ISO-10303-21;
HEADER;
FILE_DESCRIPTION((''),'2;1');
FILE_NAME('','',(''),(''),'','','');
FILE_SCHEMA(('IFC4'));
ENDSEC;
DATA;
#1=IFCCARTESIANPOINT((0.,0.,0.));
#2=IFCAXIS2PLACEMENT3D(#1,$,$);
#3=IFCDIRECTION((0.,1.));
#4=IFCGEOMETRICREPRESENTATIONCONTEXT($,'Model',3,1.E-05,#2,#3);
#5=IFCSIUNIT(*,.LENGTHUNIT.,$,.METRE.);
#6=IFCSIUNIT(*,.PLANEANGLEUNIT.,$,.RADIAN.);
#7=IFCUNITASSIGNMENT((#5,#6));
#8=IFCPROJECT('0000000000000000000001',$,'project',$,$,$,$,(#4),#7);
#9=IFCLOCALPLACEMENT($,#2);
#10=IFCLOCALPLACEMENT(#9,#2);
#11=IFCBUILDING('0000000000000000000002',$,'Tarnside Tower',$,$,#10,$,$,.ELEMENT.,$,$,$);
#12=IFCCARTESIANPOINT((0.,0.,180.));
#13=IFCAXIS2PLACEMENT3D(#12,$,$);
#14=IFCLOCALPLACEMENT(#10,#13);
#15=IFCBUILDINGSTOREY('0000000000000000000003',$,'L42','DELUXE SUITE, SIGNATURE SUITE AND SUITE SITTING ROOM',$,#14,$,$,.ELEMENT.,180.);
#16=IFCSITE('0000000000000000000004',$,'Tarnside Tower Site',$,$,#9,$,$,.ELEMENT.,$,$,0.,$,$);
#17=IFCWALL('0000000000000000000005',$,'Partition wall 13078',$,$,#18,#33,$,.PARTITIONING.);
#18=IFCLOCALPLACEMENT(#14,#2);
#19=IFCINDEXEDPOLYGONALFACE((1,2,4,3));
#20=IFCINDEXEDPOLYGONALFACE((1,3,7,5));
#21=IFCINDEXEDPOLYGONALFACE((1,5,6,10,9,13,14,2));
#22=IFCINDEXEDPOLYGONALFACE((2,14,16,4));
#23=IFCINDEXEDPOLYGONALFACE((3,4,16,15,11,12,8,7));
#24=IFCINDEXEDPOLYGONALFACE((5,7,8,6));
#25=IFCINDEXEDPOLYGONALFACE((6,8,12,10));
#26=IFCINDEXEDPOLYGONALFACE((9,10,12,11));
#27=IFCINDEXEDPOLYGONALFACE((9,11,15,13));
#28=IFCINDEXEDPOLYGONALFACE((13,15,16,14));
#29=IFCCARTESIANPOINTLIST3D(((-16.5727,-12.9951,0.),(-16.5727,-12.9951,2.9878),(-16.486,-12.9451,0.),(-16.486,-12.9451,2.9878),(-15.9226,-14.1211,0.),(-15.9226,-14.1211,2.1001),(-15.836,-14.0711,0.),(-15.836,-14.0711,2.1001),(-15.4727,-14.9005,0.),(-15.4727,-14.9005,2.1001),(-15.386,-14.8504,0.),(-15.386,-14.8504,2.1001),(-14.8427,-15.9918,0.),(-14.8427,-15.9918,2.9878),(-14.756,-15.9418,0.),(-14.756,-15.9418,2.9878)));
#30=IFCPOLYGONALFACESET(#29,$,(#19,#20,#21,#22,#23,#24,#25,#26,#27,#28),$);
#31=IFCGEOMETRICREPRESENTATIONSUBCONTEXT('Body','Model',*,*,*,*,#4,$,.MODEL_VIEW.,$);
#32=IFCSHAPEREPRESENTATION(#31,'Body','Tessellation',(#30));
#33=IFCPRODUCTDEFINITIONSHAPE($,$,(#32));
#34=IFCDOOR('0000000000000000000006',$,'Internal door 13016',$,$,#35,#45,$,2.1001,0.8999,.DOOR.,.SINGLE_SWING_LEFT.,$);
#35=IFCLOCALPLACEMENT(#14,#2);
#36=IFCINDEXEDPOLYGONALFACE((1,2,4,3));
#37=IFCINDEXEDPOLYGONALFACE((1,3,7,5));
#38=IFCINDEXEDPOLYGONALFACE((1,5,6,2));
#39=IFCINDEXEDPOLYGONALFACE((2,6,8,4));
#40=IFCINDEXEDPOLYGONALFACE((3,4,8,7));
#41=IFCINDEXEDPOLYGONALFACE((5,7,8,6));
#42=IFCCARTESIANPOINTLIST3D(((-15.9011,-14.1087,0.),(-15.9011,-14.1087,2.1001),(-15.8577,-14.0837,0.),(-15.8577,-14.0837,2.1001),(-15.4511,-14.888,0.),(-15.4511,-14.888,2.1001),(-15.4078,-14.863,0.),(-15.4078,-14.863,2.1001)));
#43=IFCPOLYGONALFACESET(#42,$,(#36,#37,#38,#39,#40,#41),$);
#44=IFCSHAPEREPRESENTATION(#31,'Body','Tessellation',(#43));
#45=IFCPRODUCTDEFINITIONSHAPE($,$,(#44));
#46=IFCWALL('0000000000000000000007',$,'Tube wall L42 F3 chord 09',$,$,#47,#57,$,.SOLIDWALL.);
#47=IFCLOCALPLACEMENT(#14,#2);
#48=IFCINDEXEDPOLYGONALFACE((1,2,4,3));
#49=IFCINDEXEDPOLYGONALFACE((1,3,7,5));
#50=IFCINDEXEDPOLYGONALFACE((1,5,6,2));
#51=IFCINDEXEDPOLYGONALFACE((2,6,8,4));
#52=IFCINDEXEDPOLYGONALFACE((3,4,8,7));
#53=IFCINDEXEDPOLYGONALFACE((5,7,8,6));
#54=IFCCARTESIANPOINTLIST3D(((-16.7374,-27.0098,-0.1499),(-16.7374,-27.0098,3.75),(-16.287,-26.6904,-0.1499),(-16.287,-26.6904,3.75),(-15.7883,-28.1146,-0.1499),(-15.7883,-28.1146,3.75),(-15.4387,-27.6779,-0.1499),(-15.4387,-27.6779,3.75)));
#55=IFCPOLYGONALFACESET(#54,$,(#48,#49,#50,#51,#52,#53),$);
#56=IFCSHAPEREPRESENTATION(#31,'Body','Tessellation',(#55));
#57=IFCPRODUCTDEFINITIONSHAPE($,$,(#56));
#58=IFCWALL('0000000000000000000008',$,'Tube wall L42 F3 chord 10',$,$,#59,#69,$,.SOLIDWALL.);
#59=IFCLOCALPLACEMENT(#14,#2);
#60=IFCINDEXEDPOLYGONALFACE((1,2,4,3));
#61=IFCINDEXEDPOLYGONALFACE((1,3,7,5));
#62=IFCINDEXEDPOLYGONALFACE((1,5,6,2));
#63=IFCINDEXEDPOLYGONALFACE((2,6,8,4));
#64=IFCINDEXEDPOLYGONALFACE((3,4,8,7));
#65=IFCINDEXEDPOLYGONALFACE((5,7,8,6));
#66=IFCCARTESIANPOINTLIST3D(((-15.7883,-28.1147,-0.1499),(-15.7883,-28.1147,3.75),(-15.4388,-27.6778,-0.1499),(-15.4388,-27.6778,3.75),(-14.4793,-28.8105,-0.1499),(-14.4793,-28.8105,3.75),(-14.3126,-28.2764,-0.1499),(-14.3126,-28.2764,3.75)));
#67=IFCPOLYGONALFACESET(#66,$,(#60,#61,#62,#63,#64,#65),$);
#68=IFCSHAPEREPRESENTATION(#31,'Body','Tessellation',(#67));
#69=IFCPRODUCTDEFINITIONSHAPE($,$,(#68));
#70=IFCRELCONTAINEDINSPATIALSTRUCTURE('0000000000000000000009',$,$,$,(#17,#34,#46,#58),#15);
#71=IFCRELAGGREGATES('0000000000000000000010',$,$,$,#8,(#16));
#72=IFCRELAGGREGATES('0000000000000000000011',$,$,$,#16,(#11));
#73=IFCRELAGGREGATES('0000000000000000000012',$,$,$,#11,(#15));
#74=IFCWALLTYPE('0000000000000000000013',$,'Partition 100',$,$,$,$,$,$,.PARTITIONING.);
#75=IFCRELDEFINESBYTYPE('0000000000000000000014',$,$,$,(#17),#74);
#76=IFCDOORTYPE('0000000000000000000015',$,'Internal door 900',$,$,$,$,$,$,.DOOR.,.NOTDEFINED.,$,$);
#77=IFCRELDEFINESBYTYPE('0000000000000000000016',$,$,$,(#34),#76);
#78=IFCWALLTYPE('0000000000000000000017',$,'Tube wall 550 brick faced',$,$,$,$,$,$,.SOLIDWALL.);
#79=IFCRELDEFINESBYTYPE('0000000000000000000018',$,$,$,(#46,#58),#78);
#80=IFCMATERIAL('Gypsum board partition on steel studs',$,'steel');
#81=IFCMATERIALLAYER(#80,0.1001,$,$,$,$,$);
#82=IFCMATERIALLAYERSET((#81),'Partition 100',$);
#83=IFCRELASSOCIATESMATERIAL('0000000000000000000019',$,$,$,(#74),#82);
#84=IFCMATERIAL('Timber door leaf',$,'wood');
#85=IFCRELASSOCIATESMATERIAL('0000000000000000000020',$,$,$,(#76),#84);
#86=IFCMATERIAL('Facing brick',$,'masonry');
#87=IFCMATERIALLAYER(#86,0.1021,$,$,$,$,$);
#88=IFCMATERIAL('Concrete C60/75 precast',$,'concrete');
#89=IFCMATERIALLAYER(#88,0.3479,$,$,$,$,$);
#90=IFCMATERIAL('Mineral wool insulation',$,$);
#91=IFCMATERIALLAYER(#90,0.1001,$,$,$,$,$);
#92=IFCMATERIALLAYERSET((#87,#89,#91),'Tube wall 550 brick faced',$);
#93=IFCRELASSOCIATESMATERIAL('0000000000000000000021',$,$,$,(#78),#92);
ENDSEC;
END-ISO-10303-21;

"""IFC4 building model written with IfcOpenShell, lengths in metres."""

from ifc_helpers import new_model, si_unit, direction, frame, frame_2d, origin, place, context, subcontext, project, spatial, polyline, rectangle, outline, extrude, material, layer, layer_set, type_object, element, fill, save


model = new_model("IFC4")

# Units and contexts
model_context = context("Model", 3, precision=1e-05, world=origin(), true_north=direction((0.0, 1.0)))
body_context = subcontext(model_context, "Body", "Model", "MODEL_VIEW")
ifc_project = project(units=[si_unit("LENGTHUNIT", "METRE"), si_unit("PLANEANGLEUNIT", "RADIAN")], contexts=[model_context])

# Site, building, storey
site_placement = place(None, origin())
site = spatial("IfcSite", under=ifc_project, at=site_placement, Name="Tarnside Tower Site", CompositionType="ELEMENT", RefElevation=0.0)
building_placement = place(site_placement, origin())
building = spatial("IfcBuilding", under=site, at=building_placement, Name="Tarnside Tower", CompositionType="ELEMENT")
storey_placement = place(building_placement, frame((0.0, 0.0, 180.0)))
storey = spatial("IfcBuildingStorey", under=building, at=storey_placement, Name="L42", Description="DELUXE SUITE, SIGNATURE SUITE AND SUITE SITTING ROOM", CompositionType="ELEMENT", Elevation=180.0)

# Shared definitions
ifc_material_1 = material(Name="Gypsum board partition on steel studs", Category="steel")
ifc_layer_1 = layer(ifc_material_1, 0.1001)
ifc_layer_set_1 = layer_set([ifc_layer_1], Name="Partition 100")
wall_type_1 = type_object("IfcWallType", Name="Partition 100", PredefinedType="PARTITIONING", material=ifc_layer_set_1)

# Wall, opening, door
wall_1_placement = place(storey_placement, frame((-16.5293, -12.9702, 0.0), z_axis=(0.0, 0.0, 1.0), x_axis=(0.499979, -0.866038, 0.0)))
wall_1 = element("IfcWall", 1, at=wall_1_placement, inside=storey, type_object=wall_type_1, Name="Partition wall 13078", PredefinedType="PARTITIONING", context=body_context, shape_type="SweptSolid", body=[
    extrude(rectangle(XDim=3.4602, YDim=0.1001, at=frame_2d((1.73, 0.0))), origin(), (0.0, 0.0, 1.0), 2.9878),
])
opening_placement = place(wall_1_placement, frame((1.3, 0.0, 0.0)))
opening = element("IfcOpeningElement", 2, at=opening_placement, cuts=wall_1, PredefinedType="OPENING", context=body_context, shape_type="SweptSolid", body=[
    extrude(rectangle(XDim=0.8999, YDim=2.1001, at=frame_2d((0.45, 1.05))), frame((0.0, 0.0601, 0.0), z_axis=(0.0, -1.0, 0.0), x_axis=(1.0, 0.0, 0.0)), (0.0, 0.0, 1.0), 0.1201),
])
ifc_material_2 = material(Name="Timber door leaf", Category="wood")
door_type = type_object("IfcDoorType", Name="Internal door 900", OperationType="NOTDEFINED", PredefinedType="DOOR", material=ifc_material_2)
door_placement = place(opening_placement, origin())
door = element("IfcDoor", 3, at=door_placement, inside=storey, type_object=door_type, Name="Internal door 13016", OperationType="SINGLE_SWING_LEFT", OverallHeight=2.1001, OverallWidth=0.8999, PredefinedType="DOOR", context=body_context, shape_type="SweptSolid", body=[
    extrude(rectangle(XDim=0.8999, YDim=2.1001, at=frame_2d((0.45, 1.05))), frame((0.0, 0.0249, 0.0), z_axis=(0.0, -1.0, 0.0), x_axis=(1.0, 0.0, 0.0)), (0.0, 0.0, 1.0), 0.05),
])
fill(opening, door)

# Walls
ifc_material_3 = material(Name="Facing brick", Category="masonry")
ifc_layer_2 = layer(ifc_material_3, 0.1021)
ifc_material_4 = material(Name="Concrete C60/75 precast", Category="concrete")
ifc_layer_3 = layer(ifc_material_4, 0.3479)
ifc_material_5 = material(Name="Mineral wool insulation")
ifc_layer_4 = layer(ifc_material_5, 0.1001)
ifc_layer_set_2 = layer_set([ifc_layer_2, ifc_layer_3, ifc_layer_4], Name="Tube wall 550 brick faced")
wall_type_2 = type_object("IfcWallType", Name="Tube wall 550 brick faced", PredefinedType="SOLIDWALL", material=ifc_layer_set_2)
wall_2_placement = place(storey_placement, frame((-16.5122, -26.8501, -0.1499), z_axis=(0.0, 0.0, 1.0), x_axis=(0.651622, -0.758544, 0.0)))
element("IfcWall", 4, at=wall_2_placement, inside=storey, type_object=wall_type_2, Name="Tube wall L42 F3 chord 09", PredefinedType="SOLIDWALL", context=body_context, shape_type="SweptSolid", body=[
    extrude(outline(polyline([(-0.0256, -0.2749), (1.4309, -0.2749), (1.3274, 0.2749), (0.0256, 0.2749), (-0.0256, -0.2749)])), origin(), (0.0, 0.0, 1.0), 3.8999),
])
wall_3_placement = place(storey_placement, frame((-15.6135, -27.8962, -0.1499), z_axis=(0.0, 0.0, 1.0), x_axis=(0.882994, -0.469384, 0.0)))
element("IfcWall", 5, at=wall_3_placement, inside=storey, type_object=wall_type_2, Name="Tube wall L42 F3 chord 10", PredefinedType="SOLIDWALL", context=body_context, shape_type="SweptSolid", body=[
    extrude(outline(polyline([(-0.0518, -0.2749), (1.4307, -0.2749), (1.3271, 0.2749), (0.0518, 0.2749), (-0.0518, -0.2749)])), origin(), (0.0, 0.0, 1.0), 3.8999),
])

save(model, "model.ifc")
